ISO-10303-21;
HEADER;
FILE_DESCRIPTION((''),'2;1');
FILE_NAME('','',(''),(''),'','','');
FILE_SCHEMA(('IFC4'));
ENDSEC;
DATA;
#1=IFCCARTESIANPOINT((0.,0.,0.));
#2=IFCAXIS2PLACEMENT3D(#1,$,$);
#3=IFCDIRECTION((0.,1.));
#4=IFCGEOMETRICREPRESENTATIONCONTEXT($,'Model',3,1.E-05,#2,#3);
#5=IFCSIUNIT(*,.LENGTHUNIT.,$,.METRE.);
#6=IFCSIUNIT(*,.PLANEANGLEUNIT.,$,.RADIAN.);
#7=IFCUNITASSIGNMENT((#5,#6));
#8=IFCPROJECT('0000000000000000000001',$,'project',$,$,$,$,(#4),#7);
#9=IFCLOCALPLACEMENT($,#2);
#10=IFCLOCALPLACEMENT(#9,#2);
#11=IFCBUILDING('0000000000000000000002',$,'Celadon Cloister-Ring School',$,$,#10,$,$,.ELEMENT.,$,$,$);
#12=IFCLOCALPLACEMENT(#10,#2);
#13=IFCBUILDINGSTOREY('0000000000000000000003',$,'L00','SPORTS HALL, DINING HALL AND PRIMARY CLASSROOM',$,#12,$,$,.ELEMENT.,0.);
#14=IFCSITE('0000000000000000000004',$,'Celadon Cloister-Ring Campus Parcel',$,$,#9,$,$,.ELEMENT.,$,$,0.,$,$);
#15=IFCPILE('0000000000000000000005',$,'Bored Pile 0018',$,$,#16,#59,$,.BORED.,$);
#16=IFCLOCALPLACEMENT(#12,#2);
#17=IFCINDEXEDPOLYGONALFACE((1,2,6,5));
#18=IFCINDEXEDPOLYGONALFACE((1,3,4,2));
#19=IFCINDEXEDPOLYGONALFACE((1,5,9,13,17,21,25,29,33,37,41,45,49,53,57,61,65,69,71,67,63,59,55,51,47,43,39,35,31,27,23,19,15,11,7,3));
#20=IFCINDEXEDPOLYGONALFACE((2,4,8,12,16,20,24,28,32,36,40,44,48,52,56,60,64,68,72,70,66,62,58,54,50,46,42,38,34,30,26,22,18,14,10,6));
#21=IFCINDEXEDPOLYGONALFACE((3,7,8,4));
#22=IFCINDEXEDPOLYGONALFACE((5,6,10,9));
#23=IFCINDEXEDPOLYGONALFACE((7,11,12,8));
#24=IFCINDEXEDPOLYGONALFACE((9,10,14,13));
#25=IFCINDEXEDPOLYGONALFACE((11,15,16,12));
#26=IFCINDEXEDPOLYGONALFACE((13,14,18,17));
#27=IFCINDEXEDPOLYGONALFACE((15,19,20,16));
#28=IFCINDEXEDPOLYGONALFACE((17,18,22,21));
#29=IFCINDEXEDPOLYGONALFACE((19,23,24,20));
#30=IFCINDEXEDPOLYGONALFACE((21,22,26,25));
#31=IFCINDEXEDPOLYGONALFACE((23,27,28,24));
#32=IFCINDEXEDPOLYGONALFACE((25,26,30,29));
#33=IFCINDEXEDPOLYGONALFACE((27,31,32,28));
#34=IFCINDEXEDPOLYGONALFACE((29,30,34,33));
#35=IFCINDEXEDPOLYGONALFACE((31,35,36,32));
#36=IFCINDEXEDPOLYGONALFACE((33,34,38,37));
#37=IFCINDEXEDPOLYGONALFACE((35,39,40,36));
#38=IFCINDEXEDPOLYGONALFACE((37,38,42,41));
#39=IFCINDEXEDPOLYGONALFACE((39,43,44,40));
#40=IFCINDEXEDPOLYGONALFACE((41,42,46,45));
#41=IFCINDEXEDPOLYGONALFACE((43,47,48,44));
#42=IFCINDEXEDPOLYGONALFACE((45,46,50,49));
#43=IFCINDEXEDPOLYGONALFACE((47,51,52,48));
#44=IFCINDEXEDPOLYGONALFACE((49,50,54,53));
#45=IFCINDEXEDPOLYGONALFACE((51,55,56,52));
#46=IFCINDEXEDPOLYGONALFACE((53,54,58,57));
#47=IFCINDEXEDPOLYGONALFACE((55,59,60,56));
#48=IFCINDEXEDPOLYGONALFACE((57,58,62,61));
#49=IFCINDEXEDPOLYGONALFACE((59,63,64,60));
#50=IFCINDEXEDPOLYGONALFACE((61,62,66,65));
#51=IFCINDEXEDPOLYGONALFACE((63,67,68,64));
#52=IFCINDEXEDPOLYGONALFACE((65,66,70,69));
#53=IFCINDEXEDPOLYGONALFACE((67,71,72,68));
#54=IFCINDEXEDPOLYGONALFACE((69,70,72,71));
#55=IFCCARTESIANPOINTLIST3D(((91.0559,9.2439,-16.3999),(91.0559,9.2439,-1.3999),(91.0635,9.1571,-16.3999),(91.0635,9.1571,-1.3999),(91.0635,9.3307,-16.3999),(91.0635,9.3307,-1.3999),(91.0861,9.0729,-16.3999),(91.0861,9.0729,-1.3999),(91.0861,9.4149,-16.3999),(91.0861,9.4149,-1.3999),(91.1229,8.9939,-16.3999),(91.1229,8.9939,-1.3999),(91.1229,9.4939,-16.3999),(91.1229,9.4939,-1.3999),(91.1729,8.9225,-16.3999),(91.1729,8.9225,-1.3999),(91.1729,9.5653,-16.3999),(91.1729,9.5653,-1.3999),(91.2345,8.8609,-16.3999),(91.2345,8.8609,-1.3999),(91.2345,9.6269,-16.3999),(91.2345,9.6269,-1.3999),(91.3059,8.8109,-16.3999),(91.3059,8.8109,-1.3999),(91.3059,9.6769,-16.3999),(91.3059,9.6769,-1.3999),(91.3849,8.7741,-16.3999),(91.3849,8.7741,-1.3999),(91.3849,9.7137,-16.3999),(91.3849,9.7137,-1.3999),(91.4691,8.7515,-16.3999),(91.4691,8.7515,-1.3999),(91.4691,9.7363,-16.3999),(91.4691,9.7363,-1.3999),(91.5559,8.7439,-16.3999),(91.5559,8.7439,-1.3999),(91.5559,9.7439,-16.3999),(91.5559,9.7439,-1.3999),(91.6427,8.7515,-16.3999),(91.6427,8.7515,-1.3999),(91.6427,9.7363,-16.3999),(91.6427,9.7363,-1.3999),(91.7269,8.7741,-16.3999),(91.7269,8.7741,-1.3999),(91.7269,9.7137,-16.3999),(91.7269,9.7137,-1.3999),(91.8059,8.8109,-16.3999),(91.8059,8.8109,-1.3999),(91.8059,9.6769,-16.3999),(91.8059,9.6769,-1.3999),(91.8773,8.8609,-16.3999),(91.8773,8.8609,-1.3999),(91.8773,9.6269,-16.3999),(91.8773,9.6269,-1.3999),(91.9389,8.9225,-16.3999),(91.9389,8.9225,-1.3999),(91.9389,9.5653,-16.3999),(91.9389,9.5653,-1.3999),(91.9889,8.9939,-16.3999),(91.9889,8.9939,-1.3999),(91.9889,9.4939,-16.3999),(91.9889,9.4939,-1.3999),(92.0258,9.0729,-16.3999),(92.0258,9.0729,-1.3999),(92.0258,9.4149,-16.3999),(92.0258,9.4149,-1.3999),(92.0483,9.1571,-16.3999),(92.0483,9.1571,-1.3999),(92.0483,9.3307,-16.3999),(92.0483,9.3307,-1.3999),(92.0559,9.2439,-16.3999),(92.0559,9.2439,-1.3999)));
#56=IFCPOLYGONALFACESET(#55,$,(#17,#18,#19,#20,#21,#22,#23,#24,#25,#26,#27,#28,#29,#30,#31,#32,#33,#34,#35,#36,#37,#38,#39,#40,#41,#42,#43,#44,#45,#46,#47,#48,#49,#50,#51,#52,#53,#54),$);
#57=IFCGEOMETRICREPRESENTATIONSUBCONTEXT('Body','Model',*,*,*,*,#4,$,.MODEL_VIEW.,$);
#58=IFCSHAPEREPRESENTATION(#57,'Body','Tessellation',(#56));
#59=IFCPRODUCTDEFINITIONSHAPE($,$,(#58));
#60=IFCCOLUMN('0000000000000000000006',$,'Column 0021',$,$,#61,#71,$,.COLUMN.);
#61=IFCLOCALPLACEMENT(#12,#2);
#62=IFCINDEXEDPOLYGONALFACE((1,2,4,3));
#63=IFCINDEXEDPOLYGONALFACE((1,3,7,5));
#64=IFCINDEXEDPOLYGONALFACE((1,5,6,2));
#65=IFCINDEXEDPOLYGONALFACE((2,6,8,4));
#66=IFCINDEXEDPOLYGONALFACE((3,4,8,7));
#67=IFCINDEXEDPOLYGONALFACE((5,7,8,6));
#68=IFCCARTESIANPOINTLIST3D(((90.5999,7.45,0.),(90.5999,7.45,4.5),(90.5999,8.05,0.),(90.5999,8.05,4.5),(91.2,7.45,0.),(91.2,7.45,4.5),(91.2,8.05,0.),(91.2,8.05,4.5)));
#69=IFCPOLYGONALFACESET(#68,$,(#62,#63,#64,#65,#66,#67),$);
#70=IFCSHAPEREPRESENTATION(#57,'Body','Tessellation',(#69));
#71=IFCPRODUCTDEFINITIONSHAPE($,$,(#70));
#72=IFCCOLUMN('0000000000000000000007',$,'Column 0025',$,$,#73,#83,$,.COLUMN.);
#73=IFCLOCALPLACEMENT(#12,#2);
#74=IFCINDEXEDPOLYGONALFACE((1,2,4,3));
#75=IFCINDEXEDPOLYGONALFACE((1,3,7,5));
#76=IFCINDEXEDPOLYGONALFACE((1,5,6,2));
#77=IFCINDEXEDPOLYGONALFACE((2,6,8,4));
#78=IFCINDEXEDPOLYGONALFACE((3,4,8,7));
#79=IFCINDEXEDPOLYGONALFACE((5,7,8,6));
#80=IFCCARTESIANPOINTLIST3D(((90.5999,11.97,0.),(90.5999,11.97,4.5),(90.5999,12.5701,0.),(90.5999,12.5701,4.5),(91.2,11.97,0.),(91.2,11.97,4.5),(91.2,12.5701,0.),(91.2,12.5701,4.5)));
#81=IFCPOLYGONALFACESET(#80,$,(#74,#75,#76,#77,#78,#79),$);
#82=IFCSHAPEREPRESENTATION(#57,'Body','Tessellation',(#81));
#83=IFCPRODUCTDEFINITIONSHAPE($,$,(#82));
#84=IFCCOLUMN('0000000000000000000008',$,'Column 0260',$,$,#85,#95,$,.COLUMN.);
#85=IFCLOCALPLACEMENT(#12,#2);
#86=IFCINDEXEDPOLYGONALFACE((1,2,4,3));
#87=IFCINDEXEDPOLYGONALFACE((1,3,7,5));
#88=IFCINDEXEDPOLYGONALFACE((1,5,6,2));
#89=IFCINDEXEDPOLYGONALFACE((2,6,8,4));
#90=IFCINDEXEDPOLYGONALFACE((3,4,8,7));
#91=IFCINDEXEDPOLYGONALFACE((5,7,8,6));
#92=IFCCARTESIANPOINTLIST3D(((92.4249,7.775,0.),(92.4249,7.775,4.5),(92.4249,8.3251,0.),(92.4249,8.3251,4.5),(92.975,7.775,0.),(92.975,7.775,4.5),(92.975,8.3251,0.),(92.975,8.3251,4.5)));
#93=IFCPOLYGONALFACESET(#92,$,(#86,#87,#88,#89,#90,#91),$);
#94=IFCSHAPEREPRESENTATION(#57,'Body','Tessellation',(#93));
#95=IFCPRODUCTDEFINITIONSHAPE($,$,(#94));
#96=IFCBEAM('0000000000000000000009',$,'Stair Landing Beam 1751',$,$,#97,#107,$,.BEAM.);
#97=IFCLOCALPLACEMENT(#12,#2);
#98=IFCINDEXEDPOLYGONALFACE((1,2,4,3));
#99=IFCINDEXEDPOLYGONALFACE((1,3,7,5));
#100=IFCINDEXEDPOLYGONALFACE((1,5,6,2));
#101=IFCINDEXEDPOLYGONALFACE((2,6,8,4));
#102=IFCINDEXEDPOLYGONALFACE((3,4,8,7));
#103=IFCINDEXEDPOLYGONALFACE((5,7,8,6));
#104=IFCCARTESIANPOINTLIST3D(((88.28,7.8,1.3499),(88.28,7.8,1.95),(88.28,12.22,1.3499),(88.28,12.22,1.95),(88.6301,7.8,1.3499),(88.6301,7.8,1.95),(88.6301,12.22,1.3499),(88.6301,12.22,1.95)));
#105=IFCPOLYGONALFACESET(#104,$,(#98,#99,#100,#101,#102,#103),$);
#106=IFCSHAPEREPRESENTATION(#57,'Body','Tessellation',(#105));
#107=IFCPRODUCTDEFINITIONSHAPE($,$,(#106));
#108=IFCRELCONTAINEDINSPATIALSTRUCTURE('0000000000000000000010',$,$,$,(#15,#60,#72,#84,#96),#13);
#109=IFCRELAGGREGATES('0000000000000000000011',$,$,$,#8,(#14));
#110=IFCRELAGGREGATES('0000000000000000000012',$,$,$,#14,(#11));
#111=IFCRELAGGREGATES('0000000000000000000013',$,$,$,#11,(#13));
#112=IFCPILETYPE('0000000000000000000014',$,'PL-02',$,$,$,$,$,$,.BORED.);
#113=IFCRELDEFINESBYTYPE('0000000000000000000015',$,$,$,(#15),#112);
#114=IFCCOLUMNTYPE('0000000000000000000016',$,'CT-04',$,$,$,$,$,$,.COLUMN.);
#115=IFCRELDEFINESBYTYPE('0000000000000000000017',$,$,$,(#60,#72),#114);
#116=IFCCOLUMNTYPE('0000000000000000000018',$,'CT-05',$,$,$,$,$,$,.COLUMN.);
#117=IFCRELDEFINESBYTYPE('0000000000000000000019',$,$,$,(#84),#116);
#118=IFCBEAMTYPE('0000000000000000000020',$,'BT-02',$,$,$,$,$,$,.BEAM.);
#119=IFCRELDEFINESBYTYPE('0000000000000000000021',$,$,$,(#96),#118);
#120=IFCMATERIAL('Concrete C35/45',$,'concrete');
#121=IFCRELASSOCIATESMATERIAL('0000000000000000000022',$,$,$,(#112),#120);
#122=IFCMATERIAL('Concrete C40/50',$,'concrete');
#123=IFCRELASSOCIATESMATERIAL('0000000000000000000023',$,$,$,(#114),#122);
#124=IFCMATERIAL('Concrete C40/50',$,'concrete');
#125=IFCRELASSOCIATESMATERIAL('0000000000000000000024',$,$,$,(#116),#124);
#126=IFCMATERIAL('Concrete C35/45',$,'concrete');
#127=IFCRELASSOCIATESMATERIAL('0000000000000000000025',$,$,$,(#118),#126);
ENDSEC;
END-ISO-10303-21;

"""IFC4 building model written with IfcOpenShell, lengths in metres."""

from ifc_helpers import new_model, si_unit, direction, frame, origin, origin_2d, place, context, subcontext, project, spatial, rectangle, circle, extrude, material, material_profile, profile_set, type_object, element, save


model = new_model("IFC4")

# Units and contexts
model_context = context("Model", 3, precision=1e-05, world=origin(), true_north=direction((0.0, 1.0)))
body_context = subcontext(model_context, "Body", "Model", "MODEL_VIEW")
ifc_project = project(units=[si_unit("LENGTHUNIT", "METRE"), si_unit("PLANEANGLEUNIT", "RADIAN")], contexts=[model_context])

# Site, building, storey
site_placement = place(None, origin())
site = spatial("IfcSite", under=ifc_project, at=site_placement, Name="Celadon Cloister-Ring Campus Parcel", CompositionType="ELEMENT", RefElevation=0.0)
building_placement = place(site_placement, origin())
building = spatial("IfcBuilding", under=site, at=building_placement, Name="Celadon Cloister-Ring School", CompositionType="ELEMENT")
storey_placement = place(building_placement, origin())
storey = spatial("IfcBuildingStorey", under=building, at=storey_placement, Name="L00", Description="SPORTS HALL, DINING HALL AND PRIMARY CLASSROOM", CompositionType="ELEMENT", Elevation=0.0)

# Pile
ifc_material_1 = material(Name="Concrete C35/45", Category="concrete")
ifc_material_profile_1 = material_profile(ifc_material_1, circle(Radius=0.5, at=origin_2d()), Name="PILE1000")
ifc_profile_set_1 = profile_set([ifc_material_profile_1], Name="Concrete C35/45")
pile_type = type_object("IfcPileType", Name="PL-02", PredefinedType="BORED", material=ifc_profile_set_1)
pile_placement = place(storey_placement, frame((91.5559, 9.2439, -1.3999), z_axis=(0.0, 0.0, -1.0), x_axis=(1.0, 0.0, 0.0)))
element("IfcPile", 1, at=pile_placement, inside=storey, type_object=pile_type, Name="Bored Pile 0018", PredefinedType="BORED", context=body_context, shape_type="SweptSolid", body=[
    extrude(circle(Radius=0.5, at=origin_2d()), origin(), (0.0, 0.0, 1.0), 15.0),
])

# Columns
ifc_material_2 = material(Name="Concrete C40/50", Category="concrete")
ifc_material_profile_2 = material_profile(ifc_material_2, rectangle(XDim=0.6001, YDim=0.6001, at=origin_2d()), Name="RC600X600")
ifc_profile_set_2 = profile_set([ifc_material_profile_2], Name="Concrete C40/50")
column_type_1 = type_object("IfcColumnType", Name="CT-04", PredefinedType="COLUMN", material=ifc_profile_set_2)
for number, where, z_axis, x_axis, name in (
    (2, (90.8999, 7.75, 0.0), (0.0, 0.0, 1.0), (1.0, 0.0, 0.0), "Column 0021"),
    (3, (90.8999, 12.27, 0.0), (0.0, 0.0, 1.0), (1.0, 0.0, 0.0), "Column 0025"),
):
    element("IfcColumn", number, at=place(storey_placement, frame(where, z_axis=z_axis, x_axis=x_axis)), inside=storey, type_object=column_type_1, Name=name, PredefinedType="COLUMN", context=body_context, shape_type="SweptSolid", body=[
        extrude(rectangle(XDim=0.6001, YDim=0.6001, at=origin_2d()), origin(), (0.0, 0.0, 1.0), 4.5),
    ])
ifc_material_3 = material(Name="Concrete C40/50", Category="concrete")
ifc_material_profile_3 = material_profile(ifc_material_3, rectangle(XDim=0.55, YDim=0.55, at=origin_2d()), Name="RC550X550")
ifc_profile_set_3 = profile_set([ifc_material_profile_3], Name="Concrete C40/50")
column_type_2 = type_object("IfcColumnType", Name="CT-05", PredefinedType="COLUMN", material=ifc_profile_set_3)
column_placement = place(storey_placement, frame((92.7, 8.05, 0.0), z_axis=(0.0, 0.0, 1.0), x_axis=(1.0, 0.0, 0.0)))
element("IfcColumn", 4, at=column_placement, inside=storey, type_object=column_type_2, Name="Column 0260", PredefinedType="COLUMN", context=body_context, shape_type="SweptSolid", body=[
    extrude(rectangle(XDim=0.55, YDim=0.55, at=origin_2d()), origin(), (0.0, 0.0, 1.0), 4.5),
])

# Beam
ifc_material_4 = material(Name="Concrete C35/45", Category="concrete")
ifc_material_profile_4 = material_profile(ifc_material_4, rectangle(XDim=0.3501, YDim=0.6001, at=origin_2d()), Name="RC350X600")
ifc_profile_set_4 = profile_set([ifc_material_profile_4], Name="Concrete C35/45")
beam_type = type_object("IfcBeamType", Name="BT-02", PredefinedType="BEAM", material=ifc_profile_set_4)
beam_placement = place(storey_placement, frame((88.4551, 7.8, 1.6499), z_axis=(0.0, 1.0, 0.0), x_axis=(-1.0, 0.0, 0.0)))
element("IfcBeam", 5, at=beam_placement, inside=storey, type_object=beam_type, Name="Stair Landing Beam 1751", PredefinedType="BEAM", context=body_context, shape_type="SweptSolid", body=[
    extrude(rectangle(XDim=0.3501, YDim=0.6001, at=origin_2d()), origin(), (0.0, 0.0, 1.0), 4.4199),
])

save(model, "model.ifc")
